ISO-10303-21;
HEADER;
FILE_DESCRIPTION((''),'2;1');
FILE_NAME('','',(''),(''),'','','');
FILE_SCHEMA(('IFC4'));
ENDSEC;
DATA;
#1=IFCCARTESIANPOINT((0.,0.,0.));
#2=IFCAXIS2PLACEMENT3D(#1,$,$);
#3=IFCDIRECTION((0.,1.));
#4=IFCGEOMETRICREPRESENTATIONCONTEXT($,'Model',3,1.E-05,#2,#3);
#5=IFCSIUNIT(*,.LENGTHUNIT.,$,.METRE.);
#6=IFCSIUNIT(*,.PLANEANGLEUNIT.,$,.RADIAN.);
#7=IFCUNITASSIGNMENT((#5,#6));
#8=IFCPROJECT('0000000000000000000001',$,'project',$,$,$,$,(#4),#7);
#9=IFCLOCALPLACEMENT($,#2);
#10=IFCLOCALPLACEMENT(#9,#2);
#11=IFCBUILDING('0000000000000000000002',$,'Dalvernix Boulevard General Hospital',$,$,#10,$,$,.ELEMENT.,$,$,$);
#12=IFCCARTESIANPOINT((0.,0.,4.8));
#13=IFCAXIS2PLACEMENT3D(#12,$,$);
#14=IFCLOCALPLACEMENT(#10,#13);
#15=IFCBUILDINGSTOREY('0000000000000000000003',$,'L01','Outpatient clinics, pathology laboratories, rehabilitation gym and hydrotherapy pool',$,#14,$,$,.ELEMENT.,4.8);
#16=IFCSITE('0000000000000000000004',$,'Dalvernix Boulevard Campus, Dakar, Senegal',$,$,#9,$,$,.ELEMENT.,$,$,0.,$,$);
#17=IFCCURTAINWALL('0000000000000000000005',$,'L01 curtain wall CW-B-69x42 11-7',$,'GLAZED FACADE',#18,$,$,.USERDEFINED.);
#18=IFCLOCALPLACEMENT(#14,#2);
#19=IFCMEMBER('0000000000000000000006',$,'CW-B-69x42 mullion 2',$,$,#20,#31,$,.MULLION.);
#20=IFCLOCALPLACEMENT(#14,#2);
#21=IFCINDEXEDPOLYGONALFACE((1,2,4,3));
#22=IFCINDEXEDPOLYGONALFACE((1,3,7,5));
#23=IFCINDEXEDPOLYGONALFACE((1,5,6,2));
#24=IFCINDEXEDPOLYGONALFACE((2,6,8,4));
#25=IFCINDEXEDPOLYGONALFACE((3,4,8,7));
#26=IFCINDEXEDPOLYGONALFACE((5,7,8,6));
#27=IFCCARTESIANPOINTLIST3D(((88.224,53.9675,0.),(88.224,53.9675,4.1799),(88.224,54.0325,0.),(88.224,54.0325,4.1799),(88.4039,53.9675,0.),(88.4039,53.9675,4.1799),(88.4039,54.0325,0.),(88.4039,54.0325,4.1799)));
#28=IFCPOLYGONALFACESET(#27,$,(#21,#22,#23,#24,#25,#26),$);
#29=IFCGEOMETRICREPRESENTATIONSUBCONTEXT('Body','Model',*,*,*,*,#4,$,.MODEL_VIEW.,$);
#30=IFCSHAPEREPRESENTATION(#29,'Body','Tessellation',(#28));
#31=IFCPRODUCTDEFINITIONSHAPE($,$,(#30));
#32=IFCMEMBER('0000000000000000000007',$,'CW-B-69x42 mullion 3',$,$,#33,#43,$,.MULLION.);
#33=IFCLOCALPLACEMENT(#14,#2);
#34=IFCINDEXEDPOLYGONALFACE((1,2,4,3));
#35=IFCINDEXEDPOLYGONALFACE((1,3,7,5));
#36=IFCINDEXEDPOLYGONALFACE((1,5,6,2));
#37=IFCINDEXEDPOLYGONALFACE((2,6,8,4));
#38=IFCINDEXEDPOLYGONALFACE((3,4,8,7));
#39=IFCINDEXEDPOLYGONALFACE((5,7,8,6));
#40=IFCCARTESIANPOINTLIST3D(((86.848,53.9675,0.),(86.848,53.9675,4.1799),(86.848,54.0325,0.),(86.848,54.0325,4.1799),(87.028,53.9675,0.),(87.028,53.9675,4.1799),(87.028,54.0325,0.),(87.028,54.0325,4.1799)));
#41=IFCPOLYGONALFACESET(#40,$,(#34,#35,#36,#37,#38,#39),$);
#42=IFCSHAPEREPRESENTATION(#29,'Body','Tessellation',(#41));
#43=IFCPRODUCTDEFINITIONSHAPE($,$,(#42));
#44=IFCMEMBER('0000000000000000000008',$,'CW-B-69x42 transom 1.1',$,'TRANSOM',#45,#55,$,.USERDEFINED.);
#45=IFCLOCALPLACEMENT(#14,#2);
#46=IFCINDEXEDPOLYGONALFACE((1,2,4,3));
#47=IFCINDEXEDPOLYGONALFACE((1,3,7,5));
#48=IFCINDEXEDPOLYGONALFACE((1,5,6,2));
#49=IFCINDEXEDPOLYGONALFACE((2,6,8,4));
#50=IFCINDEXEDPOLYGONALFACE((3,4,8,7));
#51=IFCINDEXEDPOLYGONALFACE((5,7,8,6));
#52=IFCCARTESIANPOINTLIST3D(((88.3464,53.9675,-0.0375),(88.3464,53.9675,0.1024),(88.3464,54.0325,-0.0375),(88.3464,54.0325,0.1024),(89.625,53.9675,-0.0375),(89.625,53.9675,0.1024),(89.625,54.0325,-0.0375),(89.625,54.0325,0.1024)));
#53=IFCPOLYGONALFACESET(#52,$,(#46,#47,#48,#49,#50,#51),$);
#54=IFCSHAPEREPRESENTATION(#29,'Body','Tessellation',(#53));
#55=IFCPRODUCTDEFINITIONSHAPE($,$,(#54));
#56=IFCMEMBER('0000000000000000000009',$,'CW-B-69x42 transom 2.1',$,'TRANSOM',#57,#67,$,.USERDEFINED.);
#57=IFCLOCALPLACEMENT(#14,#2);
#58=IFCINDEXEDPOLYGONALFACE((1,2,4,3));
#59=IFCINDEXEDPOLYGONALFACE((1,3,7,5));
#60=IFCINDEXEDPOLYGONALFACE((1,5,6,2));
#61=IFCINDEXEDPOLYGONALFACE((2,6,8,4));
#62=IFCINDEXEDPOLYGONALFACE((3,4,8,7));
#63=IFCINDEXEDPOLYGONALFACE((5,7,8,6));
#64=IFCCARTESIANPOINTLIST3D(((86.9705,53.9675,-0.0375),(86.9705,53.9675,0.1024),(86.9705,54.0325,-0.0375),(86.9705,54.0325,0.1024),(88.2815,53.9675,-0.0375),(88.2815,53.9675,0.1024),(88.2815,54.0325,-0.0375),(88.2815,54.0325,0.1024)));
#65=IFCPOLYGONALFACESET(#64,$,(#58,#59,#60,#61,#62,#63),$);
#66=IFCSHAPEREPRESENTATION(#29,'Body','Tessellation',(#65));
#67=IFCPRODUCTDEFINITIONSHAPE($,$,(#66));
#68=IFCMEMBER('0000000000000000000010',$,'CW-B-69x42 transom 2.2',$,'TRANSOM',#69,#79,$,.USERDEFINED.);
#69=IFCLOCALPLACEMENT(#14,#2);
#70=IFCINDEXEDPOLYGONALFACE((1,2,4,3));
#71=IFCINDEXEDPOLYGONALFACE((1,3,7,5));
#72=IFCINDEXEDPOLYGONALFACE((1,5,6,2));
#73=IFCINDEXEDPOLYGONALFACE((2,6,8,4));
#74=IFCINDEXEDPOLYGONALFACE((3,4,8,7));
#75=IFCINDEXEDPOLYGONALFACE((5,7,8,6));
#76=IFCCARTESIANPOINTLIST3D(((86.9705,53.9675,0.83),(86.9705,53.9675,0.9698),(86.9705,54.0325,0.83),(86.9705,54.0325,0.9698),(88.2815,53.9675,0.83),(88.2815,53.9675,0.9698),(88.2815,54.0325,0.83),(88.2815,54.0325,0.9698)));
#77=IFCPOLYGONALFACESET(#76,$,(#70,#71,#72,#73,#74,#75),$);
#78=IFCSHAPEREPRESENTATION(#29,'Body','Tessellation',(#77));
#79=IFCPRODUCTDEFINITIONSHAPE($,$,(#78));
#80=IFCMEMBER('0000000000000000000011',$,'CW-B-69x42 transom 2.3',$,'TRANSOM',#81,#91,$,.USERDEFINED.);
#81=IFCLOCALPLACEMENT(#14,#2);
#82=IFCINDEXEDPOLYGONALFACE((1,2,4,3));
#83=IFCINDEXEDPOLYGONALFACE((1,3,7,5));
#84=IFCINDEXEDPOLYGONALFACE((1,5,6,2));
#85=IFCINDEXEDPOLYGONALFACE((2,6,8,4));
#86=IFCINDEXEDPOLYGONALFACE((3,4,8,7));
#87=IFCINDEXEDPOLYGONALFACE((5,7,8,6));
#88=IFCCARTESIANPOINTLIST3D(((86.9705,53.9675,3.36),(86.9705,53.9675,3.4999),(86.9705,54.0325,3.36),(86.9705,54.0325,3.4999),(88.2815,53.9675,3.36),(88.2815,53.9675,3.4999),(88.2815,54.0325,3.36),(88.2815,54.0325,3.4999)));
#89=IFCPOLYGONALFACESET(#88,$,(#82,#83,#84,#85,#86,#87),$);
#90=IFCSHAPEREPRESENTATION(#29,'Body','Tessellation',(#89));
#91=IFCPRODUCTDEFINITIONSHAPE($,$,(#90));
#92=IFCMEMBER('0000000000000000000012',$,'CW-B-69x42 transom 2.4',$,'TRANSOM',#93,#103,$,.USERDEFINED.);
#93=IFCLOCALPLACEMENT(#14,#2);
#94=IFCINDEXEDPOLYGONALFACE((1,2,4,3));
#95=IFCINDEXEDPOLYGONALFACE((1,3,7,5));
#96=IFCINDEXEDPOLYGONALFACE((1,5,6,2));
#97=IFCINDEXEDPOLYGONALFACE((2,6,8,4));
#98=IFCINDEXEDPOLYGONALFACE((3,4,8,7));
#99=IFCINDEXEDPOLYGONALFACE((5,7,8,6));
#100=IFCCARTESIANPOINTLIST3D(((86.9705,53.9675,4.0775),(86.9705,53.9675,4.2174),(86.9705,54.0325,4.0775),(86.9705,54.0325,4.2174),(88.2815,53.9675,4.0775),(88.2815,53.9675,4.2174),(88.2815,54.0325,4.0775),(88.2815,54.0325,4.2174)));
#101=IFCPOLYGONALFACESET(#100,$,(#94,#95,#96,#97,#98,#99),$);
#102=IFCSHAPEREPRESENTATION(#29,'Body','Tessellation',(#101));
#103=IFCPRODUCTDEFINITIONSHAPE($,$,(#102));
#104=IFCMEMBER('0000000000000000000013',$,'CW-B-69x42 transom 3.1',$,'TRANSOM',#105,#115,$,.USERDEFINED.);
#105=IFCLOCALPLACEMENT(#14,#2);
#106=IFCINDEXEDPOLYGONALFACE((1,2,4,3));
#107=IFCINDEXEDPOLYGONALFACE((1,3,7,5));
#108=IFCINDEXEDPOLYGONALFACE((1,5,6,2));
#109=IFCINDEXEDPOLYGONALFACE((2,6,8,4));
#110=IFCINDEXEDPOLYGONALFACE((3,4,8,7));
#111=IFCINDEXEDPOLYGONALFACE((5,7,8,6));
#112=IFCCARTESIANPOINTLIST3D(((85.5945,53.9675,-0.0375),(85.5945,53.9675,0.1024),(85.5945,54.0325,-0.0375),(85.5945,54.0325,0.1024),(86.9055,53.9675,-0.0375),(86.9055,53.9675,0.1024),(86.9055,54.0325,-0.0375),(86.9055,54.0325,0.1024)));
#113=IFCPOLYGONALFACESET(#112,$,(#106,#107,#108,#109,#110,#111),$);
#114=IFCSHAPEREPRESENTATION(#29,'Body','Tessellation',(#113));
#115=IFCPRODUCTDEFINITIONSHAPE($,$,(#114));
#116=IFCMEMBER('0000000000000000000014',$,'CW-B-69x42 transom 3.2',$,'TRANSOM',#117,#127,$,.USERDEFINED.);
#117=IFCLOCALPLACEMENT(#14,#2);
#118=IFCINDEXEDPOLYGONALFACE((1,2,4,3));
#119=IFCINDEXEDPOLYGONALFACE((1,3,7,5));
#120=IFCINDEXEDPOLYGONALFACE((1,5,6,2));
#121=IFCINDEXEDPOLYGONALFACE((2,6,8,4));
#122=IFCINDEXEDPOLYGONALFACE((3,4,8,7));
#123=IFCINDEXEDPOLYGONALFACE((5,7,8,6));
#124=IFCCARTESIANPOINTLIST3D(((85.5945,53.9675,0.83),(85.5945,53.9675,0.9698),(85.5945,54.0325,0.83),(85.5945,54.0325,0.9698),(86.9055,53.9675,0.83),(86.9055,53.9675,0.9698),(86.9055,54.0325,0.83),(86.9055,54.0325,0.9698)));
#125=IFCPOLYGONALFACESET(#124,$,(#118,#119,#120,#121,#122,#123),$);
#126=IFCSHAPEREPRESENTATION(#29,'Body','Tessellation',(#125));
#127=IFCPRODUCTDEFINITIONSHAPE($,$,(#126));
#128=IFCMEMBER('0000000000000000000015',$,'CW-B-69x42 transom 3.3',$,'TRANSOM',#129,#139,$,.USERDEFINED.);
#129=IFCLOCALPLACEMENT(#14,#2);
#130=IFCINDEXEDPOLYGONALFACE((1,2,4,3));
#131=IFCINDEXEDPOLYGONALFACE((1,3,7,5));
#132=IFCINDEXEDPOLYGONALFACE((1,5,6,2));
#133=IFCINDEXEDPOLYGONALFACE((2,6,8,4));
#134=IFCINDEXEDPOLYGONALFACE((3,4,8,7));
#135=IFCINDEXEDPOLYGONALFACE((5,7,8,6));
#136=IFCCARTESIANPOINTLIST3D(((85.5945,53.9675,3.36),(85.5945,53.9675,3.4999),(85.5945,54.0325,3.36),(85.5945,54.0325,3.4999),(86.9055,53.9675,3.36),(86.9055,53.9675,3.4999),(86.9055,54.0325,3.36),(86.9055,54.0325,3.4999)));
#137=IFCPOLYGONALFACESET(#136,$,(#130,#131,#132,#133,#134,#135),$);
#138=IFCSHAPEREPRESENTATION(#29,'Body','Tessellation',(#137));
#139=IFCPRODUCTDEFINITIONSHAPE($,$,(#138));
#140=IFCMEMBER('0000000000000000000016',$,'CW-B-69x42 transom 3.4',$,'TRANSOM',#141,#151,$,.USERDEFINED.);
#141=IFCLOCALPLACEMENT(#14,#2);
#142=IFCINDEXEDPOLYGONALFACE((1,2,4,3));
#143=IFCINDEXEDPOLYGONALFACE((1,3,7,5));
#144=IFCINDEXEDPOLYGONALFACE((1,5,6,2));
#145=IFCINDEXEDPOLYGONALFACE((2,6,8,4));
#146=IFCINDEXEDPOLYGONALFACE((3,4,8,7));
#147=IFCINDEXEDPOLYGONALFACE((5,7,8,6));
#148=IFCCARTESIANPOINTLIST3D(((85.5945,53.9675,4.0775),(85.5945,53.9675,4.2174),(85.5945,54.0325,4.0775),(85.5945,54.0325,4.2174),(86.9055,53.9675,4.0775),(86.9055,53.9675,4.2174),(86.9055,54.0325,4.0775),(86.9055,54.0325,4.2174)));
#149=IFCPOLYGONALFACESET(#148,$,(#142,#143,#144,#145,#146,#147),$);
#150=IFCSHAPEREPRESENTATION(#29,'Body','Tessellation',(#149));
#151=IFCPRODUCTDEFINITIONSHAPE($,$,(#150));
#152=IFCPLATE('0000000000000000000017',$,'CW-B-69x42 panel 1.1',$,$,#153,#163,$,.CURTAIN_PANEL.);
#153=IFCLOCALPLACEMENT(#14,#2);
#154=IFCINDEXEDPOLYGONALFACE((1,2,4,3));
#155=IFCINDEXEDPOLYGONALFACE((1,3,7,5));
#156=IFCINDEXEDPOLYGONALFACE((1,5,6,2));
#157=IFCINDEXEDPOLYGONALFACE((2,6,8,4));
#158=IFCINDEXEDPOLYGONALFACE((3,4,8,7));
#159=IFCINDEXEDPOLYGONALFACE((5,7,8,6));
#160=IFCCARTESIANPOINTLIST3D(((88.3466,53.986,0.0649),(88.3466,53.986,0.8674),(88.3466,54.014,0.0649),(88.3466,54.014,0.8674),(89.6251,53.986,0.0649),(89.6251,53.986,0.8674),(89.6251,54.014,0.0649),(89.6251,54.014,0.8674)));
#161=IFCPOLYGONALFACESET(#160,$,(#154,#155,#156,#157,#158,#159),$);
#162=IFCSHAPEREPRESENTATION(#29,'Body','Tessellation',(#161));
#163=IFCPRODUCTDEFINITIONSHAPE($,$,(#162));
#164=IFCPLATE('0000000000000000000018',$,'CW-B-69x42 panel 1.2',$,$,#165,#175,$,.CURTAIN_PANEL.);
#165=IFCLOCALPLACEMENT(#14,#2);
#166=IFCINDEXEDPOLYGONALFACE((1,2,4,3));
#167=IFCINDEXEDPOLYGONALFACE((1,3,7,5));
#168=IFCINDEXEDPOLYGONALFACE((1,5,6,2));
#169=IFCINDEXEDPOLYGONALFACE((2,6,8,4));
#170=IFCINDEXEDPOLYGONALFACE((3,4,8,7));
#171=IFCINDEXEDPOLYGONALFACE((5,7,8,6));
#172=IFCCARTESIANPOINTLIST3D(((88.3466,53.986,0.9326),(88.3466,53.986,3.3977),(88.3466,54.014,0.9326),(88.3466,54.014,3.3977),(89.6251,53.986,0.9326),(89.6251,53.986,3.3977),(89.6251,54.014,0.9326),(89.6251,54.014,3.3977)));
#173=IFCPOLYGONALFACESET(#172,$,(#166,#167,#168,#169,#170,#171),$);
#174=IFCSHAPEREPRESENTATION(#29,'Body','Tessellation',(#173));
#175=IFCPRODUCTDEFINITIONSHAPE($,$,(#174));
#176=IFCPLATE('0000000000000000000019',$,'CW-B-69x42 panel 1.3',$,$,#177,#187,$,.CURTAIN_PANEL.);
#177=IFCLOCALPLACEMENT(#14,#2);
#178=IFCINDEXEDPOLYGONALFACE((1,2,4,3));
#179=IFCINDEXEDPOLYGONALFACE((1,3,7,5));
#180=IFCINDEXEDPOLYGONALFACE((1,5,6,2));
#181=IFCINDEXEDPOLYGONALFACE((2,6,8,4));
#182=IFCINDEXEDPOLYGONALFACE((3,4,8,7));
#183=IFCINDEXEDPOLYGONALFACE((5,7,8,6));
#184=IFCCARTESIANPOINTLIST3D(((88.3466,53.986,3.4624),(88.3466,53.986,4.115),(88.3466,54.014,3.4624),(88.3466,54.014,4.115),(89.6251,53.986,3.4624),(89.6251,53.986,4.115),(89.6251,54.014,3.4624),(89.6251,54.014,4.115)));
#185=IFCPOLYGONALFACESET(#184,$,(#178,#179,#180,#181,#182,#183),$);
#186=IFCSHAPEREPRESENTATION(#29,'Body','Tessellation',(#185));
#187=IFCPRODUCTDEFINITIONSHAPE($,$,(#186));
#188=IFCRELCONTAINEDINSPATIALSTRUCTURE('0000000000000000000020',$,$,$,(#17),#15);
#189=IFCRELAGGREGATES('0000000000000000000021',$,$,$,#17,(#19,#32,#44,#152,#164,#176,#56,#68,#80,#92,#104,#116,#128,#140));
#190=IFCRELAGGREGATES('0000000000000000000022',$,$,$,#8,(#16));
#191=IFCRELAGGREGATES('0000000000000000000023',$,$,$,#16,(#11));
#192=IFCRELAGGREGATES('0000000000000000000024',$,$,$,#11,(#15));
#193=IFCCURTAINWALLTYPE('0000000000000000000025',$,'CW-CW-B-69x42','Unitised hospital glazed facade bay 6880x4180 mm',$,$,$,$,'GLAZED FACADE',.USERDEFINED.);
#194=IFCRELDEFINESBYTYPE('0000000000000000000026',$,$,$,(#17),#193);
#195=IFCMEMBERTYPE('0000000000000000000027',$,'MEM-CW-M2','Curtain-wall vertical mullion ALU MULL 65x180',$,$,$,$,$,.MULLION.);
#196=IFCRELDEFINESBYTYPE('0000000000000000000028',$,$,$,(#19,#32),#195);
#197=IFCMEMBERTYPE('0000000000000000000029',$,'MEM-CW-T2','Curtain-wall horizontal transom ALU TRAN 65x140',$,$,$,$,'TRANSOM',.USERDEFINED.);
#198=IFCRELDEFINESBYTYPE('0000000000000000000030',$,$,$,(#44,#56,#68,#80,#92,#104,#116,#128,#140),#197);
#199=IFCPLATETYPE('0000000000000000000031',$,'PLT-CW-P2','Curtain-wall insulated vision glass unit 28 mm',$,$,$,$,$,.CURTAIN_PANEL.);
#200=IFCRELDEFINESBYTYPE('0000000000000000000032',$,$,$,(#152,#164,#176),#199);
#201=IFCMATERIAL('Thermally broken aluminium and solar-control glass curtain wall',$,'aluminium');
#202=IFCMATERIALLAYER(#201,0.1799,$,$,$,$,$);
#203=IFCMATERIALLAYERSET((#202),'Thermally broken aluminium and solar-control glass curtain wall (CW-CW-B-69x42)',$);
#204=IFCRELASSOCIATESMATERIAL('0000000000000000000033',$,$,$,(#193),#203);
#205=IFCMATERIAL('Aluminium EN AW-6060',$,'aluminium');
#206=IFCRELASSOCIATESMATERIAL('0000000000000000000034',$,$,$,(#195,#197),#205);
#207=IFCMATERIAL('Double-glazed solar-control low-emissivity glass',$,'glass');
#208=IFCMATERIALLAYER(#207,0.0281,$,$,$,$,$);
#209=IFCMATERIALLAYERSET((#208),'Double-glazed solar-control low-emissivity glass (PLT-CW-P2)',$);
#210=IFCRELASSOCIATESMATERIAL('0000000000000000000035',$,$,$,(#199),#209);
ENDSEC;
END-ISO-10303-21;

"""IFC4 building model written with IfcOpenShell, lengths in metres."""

from ifc_helpers import new_model, si_unit, direction, frame, origin, origin_2d, place, context, subcontext, project, spatial, rectangle, extrude, material, layer, layer_set, material_profile, profile_set, type_object, element, aggregate, save


model = new_model("IFC4")

# Units and contexts
model_context = context("Model", 3, precision=1e-05, world=origin(), true_north=direction((0.0, 1.0)))
body_context = subcontext(model_context, "Body", "Model", "MODEL_VIEW")
ifc_project = project(units=[si_unit("LENGTHUNIT", "METRE"), si_unit("PLANEANGLEUNIT", "RADIAN")], contexts=[model_context])

# Site, building, storey
site_placement = place(None, origin())
site = spatial("IfcSite", under=ifc_project, at=site_placement, Name="Dalvernix Boulevard Campus, Dakar, Senegal", CompositionType="ELEMENT", RefElevation=0.0)
building_placement = place(site_placement, origin())
building = spatial("IfcBuilding", under=site, at=building_placement, Name="Dalvernix Boulevard General Hospital", CompositionType="ELEMENT")
storey_placement = place(building_placement, frame((0.0, 0.0, 4.8)))
storey = spatial("IfcBuildingStorey", under=building, at=storey_placement, Name="L01", Description="Outpatient clinics, pathology laboratories, rehabilitation gym and hydrotherapy pool", CompositionType="ELEMENT", Elevation=4.8)

# Curtain wall, members, plates
ifc_material_1 = material(Name="Thermally broken aluminium and solar-control glass curtain wall", Category="aluminium")
ifc_layer_1 = layer(ifc_material_1, 0.1799)
ifc_layer_set_1 = layer_set([ifc_layer_1], Name="Thermally broken aluminium and solar-control glass curtain wall (CW-CW-B-69x42)")
curtain_wall_type = type_object("IfcCurtainWallType", Name="CW-CW-B-69x42", Description="Unitised hospital glazed facade bay 6880x4180 mm", ElementType="GLAZED FACADE", PredefinedType="USERDEFINED", material=ifc_layer_set_1)
curtain_wall_placement = place(storey_placement, origin())
curtain_wall = element("IfcCurtainWall", 1, at=curtain_wall_placement, inside=storey, type_object=curtain_wall_type, Name="L01 curtain wall CW-B-69x42 11-7", ObjectType="GLAZED FACADE", PredefinedType="USERDEFINED")
ifc_material_2 = material(Name="Aluminium EN AW-6060", Category="aluminium")
ifc_material_profile_1 = material_profile(ifc_material_2, rectangle(XDim=0.0649, YDim=0.1799, at=origin_2d()), Name="ALU MULL 65x180")
ifc_profile_set_1 = profile_set([ifc_material_profile_1], Name="Aluminium EN AW-6060")
member_type_1 = type_object("IfcMemberType", Name="MEM-CW-M2", Description="Curtain-wall vertical mullion ALU MULL 65x180", PredefinedType="MULLION", material=ifc_profile_set_1)
member_1_placement = place(storey_placement, frame((88.314, 54.0, 0.0), z_axis=(0.0, 0.0, 1.0), x_axis=(0.0, -1.0, 0.0)))
member_1 = element("IfcMember", 2, at=member_1_placement, type_object=member_type_1, Name="CW-B-69x42 mullion 2", PredefinedType="MULLION", context=body_context, shape_type="SweptSolid", body=[
    extrude(rectangle(XDim=0.0649, YDim=0.1799, at=origin_2d()), origin(), (0.0, 0.0, 1.0), 4.1799),
])
member_2_placement = place(storey_placement, frame((86.938, 54.0, 0.0), z_axis=(0.0, 0.0, 1.0), x_axis=(0.0, -1.0, 0.0)))
member_2 = element("IfcMember", 3, at=member_2_placement, type_object=member_type_1, Name="CW-B-69x42 mullion 3", PredefinedType="MULLION", context=body_context, shape_type="SweptSolid", body=[
    extrude(rectangle(XDim=0.0649, YDim=0.1799, at=origin_2d()), origin(), (0.0, 0.0, 1.0), 4.1799),
])
ifc_material_profile_2 = material_profile(ifc_material_2, rectangle(XDim=0.0649, YDim=0.1399, at=origin_2d()), Name="ALU TRAN 65x140")
ifc_profile_set_2 = profile_set([ifc_material_profile_2], Name="Aluminium EN AW-6060")
member_type_2 = type_object("IfcMemberType", Name="MEM-CW-T2", Description="Curtain-wall horizontal transom ALU TRAN 65x140", ElementType="TRANSOM", PredefinedType="USERDEFINED", material=ifc_profile_set_2)
member_3_placement = place(storey_placement, frame((89.625, 54.0, 0.0325), z_axis=(-1.0, 0.0, 0.0), x_axis=(0.0, -1.0, 0.0)))
member_3 = element("IfcMember", 4, at=member_3_placement, type_object=member_type_2, Name="CW-B-69x42 transom 1.1", ObjectType="TRANSOM", PredefinedType="USERDEFINED", context=body_context, shape_type="SweptSolid", body=[
    extrude(rectangle(XDim=0.0649, YDim=0.1399, at=origin_2d()), origin(), (0.0, 0.0, 1.0), 1.2786),
])
member_4_placement = place(storey_placement, frame((88.2815, 54.0, 0.0325), z_axis=(-1.0, 0.0, 0.0), x_axis=(0.0, -1.0, 0.0)))
member_4 = element("IfcMember", 5, at=member_4_placement, type_object=member_type_2, Name="CW-B-69x42 transom 2.1", ObjectType="TRANSOM", PredefinedType="USERDEFINED", context=body_context, shape_type="SweptSolid", body=[
    extrude(rectangle(XDim=0.0649, YDim=0.1399, at=origin_2d()), origin(), (0.0, 0.0, 1.0), 1.311),
])
member_5_placement = place(storey_placement, frame((88.2815, 54.0, 0.8999), z_axis=(-1.0, 0.0, 0.0), x_axis=(0.0, -1.0, 0.0)))
member_5 = element("IfcMember", 6, at=member_5_placement, type_object=member_type_2, Name="CW-B-69x42 transom 2.2", ObjectType="TRANSOM", PredefinedType="USERDEFINED", context=body_context, shape_type="SweptSolid", body=[
    extrude(rectangle(XDim=0.0649, YDim=0.1399, at=origin_2d()), origin(), (0.0, 0.0, 1.0), 1.311),
])
member_6_placement = place(storey_placement, frame((88.2815, 54.0, 3.4299), z_axis=(-1.0, 0.0, 0.0), x_axis=(0.0, -1.0, 0.0)))
member_6 = element("IfcMember", 7, at=member_6_placement, type_object=member_type_2, Name="CW-B-69x42 transom 2.3", ObjectType="TRANSOM", PredefinedType="USERDEFINED", context=body_context, shape_type="SweptSolid", body=[
    extrude(rectangle(XDim=0.0649, YDim=0.1399, at=origin_2d()), origin(), (0.0, 0.0, 1.0), 1.311),
])
member_7_placement = place(storey_placement, frame((88.2815, 54.0, 4.1475), z_axis=(-1.0, 0.0, 0.0), x_axis=(0.0, -1.0, 0.0)))
member_7 = element("IfcMember", 8, at=member_7_placement, type_object=member_type_2, Name="CW-B-69x42 transom 2.4", ObjectType="TRANSOM", PredefinedType="USERDEFINED", context=body_context, shape_type="SweptSolid", body=[
    extrude(rectangle(XDim=0.0649, YDim=0.1399, at=origin_2d()), origin(), (0.0, 0.0, 1.0), 1.311),
])
member_8_placement = place(storey_placement, frame((86.9055, 54.0, 0.0325), z_axis=(-1.0, 0.0, 0.0), x_axis=(0.0, -1.0, 0.0)))
member_8 = element("IfcMember", 9, at=member_8_placement, type_object=member_type_2, Name="CW-B-69x42 transom 3.1", ObjectType="TRANSOM", PredefinedType="USERDEFINED", context=body_context, shape_type="SweptSolid", body=[
    extrude(rectangle(XDim=0.0649, YDim=0.1399, at=origin_2d()), origin(), (0.0, 0.0, 1.0), 1.311),
])
member_9_placement = place(storey_placement, frame((86.9055, 54.0, 0.8999), z_axis=(-1.0, 0.0, 0.0), x_axis=(0.0, -1.0, 0.0)))
member_9 = element("IfcMember", 10, at=member_9_placement, type_object=member_type_2, Name="CW-B-69x42 transom 3.2", ObjectType="TRANSOM", PredefinedType="USERDEFINED", context=body_context, shape_type="SweptSolid", body=[
    extrude(rectangle(XDim=0.0649, YDim=0.1399, at=origin_2d()), origin(), (0.0, 0.0, 1.0), 1.311),
])
member_10_placement = place(storey_placement, frame((86.9055, 54.0, 3.4299), z_axis=(-1.0, 0.0, 0.0), x_axis=(0.0, -1.0, 0.0)))
member_10 = element("IfcMember", 11, at=member_10_placement, type_object=member_type_2, Name="CW-B-69x42 transom 3.3", ObjectType="TRANSOM", PredefinedType="USERDEFINED", context=body_context, shape_type="SweptSolid", body=[
    extrude(rectangle(XDim=0.0649, YDim=0.1399, at=origin_2d()), origin(), (0.0, 0.0, 1.0), 1.311),
])
member_11_placement = place(storey_placement, frame((86.9055, 54.0, 4.1475), z_axis=(-1.0, 0.0, 0.0), x_axis=(0.0, -1.0, 0.0)))
member_11 = element("IfcMember", 12, at=member_11_placement, type_object=member_type_2, Name="CW-B-69x42 transom 3.4", ObjectType="TRANSOM", PredefinedType="USERDEFINED", context=body_context, shape_type="SweptSolid", body=[
    extrude(rectangle(XDim=0.0649, YDim=0.1399, at=origin_2d()), origin(), (0.0, 0.0, 1.0), 1.311),
])
ifc_material_3 = material(Name="Double-glazed solar-control low-emissivity glass", Category="glass")
ifc_layer_2 = layer(ifc_material_3, 0.0281)
ifc_layer_set_2 = layer_set([ifc_layer_2], Name="Double-glazed solar-control low-emissivity glass (PLT-CW-P2)")
plate_type = type_object("IfcPlateType", Name="PLT-CW-P2", Description="Curtain-wall insulated vision glass unit 28 mm", PredefinedType="CURTAIN_PANEL", material=ifc_layer_set_2)
plate_1_placement = place(storey_placement, frame((88.9858, 54.0, 0.0649), z_axis=(0.0, 0.0, 1.0), x_axis=(-1.0, 0.0, 0.0)))
plate_1 = element("IfcPlate", 13, at=plate_1_placement, type_object=plate_type, Name="CW-B-69x42 panel 1.1", PredefinedType="CURTAIN_PANEL", context=body_context, shape_type="SweptSolid", body=[
    extrude(rectangle(XDim=1.2786, YDim=0.0281, at=origin_2d()), origin(), (0.0, 0.0, 1.0), 0.8025),
])
plate_2_placement = place(storey_placement, frame((88.9858, 54.0, 0.9326), z_axis=(0.0, 0.0, 1.0), x_axis=(-1.0, 0.0, 0.0)))
plate_2 = element("IfcPlate", 14, at=plate_2_placement, type_object=plate_type, Name="CW-B-69x42 panel 1.2", PredefinedType="CURTAIN_PANEL", context=body_context, shape_type="SweptSolid", body=[
    extrude(rectangle(XDim=1.2786, YDim=0.0281, at=origin_2d()), origin(), (0.0, 0.0, 1.0), 2.4651),
])
plate_3_placement = place(storey_placement, frame((88.9858, 54.0, 3.4624), z_axis=(0.0, 0.0, 1.0), x_axis=(-1.0, 0.0, 0.0)))
plate_3 = element("IfcPlate", 15, at=plate_3_placement, type_object=plate_type, Name="CW-B-69x42 panel 1.3", PredefinedType="CURTAIN_PANEL", context=body_context, shape_type="SweptSolid", body=[
    extrude(rectangle(XDim=1.2786, YDim=0.0281, at=origin_2d()), origin(), (0.0, 0.0, 1.0), 0.6526),
])
aggregate(curtain_wall, [member_1, member_2, member_3, plate_1, plate_2, plate_3, member_4, member_5, member_6, member_7, member_8, member_9, member_10, member_11])

save(model, "model.ifc")
